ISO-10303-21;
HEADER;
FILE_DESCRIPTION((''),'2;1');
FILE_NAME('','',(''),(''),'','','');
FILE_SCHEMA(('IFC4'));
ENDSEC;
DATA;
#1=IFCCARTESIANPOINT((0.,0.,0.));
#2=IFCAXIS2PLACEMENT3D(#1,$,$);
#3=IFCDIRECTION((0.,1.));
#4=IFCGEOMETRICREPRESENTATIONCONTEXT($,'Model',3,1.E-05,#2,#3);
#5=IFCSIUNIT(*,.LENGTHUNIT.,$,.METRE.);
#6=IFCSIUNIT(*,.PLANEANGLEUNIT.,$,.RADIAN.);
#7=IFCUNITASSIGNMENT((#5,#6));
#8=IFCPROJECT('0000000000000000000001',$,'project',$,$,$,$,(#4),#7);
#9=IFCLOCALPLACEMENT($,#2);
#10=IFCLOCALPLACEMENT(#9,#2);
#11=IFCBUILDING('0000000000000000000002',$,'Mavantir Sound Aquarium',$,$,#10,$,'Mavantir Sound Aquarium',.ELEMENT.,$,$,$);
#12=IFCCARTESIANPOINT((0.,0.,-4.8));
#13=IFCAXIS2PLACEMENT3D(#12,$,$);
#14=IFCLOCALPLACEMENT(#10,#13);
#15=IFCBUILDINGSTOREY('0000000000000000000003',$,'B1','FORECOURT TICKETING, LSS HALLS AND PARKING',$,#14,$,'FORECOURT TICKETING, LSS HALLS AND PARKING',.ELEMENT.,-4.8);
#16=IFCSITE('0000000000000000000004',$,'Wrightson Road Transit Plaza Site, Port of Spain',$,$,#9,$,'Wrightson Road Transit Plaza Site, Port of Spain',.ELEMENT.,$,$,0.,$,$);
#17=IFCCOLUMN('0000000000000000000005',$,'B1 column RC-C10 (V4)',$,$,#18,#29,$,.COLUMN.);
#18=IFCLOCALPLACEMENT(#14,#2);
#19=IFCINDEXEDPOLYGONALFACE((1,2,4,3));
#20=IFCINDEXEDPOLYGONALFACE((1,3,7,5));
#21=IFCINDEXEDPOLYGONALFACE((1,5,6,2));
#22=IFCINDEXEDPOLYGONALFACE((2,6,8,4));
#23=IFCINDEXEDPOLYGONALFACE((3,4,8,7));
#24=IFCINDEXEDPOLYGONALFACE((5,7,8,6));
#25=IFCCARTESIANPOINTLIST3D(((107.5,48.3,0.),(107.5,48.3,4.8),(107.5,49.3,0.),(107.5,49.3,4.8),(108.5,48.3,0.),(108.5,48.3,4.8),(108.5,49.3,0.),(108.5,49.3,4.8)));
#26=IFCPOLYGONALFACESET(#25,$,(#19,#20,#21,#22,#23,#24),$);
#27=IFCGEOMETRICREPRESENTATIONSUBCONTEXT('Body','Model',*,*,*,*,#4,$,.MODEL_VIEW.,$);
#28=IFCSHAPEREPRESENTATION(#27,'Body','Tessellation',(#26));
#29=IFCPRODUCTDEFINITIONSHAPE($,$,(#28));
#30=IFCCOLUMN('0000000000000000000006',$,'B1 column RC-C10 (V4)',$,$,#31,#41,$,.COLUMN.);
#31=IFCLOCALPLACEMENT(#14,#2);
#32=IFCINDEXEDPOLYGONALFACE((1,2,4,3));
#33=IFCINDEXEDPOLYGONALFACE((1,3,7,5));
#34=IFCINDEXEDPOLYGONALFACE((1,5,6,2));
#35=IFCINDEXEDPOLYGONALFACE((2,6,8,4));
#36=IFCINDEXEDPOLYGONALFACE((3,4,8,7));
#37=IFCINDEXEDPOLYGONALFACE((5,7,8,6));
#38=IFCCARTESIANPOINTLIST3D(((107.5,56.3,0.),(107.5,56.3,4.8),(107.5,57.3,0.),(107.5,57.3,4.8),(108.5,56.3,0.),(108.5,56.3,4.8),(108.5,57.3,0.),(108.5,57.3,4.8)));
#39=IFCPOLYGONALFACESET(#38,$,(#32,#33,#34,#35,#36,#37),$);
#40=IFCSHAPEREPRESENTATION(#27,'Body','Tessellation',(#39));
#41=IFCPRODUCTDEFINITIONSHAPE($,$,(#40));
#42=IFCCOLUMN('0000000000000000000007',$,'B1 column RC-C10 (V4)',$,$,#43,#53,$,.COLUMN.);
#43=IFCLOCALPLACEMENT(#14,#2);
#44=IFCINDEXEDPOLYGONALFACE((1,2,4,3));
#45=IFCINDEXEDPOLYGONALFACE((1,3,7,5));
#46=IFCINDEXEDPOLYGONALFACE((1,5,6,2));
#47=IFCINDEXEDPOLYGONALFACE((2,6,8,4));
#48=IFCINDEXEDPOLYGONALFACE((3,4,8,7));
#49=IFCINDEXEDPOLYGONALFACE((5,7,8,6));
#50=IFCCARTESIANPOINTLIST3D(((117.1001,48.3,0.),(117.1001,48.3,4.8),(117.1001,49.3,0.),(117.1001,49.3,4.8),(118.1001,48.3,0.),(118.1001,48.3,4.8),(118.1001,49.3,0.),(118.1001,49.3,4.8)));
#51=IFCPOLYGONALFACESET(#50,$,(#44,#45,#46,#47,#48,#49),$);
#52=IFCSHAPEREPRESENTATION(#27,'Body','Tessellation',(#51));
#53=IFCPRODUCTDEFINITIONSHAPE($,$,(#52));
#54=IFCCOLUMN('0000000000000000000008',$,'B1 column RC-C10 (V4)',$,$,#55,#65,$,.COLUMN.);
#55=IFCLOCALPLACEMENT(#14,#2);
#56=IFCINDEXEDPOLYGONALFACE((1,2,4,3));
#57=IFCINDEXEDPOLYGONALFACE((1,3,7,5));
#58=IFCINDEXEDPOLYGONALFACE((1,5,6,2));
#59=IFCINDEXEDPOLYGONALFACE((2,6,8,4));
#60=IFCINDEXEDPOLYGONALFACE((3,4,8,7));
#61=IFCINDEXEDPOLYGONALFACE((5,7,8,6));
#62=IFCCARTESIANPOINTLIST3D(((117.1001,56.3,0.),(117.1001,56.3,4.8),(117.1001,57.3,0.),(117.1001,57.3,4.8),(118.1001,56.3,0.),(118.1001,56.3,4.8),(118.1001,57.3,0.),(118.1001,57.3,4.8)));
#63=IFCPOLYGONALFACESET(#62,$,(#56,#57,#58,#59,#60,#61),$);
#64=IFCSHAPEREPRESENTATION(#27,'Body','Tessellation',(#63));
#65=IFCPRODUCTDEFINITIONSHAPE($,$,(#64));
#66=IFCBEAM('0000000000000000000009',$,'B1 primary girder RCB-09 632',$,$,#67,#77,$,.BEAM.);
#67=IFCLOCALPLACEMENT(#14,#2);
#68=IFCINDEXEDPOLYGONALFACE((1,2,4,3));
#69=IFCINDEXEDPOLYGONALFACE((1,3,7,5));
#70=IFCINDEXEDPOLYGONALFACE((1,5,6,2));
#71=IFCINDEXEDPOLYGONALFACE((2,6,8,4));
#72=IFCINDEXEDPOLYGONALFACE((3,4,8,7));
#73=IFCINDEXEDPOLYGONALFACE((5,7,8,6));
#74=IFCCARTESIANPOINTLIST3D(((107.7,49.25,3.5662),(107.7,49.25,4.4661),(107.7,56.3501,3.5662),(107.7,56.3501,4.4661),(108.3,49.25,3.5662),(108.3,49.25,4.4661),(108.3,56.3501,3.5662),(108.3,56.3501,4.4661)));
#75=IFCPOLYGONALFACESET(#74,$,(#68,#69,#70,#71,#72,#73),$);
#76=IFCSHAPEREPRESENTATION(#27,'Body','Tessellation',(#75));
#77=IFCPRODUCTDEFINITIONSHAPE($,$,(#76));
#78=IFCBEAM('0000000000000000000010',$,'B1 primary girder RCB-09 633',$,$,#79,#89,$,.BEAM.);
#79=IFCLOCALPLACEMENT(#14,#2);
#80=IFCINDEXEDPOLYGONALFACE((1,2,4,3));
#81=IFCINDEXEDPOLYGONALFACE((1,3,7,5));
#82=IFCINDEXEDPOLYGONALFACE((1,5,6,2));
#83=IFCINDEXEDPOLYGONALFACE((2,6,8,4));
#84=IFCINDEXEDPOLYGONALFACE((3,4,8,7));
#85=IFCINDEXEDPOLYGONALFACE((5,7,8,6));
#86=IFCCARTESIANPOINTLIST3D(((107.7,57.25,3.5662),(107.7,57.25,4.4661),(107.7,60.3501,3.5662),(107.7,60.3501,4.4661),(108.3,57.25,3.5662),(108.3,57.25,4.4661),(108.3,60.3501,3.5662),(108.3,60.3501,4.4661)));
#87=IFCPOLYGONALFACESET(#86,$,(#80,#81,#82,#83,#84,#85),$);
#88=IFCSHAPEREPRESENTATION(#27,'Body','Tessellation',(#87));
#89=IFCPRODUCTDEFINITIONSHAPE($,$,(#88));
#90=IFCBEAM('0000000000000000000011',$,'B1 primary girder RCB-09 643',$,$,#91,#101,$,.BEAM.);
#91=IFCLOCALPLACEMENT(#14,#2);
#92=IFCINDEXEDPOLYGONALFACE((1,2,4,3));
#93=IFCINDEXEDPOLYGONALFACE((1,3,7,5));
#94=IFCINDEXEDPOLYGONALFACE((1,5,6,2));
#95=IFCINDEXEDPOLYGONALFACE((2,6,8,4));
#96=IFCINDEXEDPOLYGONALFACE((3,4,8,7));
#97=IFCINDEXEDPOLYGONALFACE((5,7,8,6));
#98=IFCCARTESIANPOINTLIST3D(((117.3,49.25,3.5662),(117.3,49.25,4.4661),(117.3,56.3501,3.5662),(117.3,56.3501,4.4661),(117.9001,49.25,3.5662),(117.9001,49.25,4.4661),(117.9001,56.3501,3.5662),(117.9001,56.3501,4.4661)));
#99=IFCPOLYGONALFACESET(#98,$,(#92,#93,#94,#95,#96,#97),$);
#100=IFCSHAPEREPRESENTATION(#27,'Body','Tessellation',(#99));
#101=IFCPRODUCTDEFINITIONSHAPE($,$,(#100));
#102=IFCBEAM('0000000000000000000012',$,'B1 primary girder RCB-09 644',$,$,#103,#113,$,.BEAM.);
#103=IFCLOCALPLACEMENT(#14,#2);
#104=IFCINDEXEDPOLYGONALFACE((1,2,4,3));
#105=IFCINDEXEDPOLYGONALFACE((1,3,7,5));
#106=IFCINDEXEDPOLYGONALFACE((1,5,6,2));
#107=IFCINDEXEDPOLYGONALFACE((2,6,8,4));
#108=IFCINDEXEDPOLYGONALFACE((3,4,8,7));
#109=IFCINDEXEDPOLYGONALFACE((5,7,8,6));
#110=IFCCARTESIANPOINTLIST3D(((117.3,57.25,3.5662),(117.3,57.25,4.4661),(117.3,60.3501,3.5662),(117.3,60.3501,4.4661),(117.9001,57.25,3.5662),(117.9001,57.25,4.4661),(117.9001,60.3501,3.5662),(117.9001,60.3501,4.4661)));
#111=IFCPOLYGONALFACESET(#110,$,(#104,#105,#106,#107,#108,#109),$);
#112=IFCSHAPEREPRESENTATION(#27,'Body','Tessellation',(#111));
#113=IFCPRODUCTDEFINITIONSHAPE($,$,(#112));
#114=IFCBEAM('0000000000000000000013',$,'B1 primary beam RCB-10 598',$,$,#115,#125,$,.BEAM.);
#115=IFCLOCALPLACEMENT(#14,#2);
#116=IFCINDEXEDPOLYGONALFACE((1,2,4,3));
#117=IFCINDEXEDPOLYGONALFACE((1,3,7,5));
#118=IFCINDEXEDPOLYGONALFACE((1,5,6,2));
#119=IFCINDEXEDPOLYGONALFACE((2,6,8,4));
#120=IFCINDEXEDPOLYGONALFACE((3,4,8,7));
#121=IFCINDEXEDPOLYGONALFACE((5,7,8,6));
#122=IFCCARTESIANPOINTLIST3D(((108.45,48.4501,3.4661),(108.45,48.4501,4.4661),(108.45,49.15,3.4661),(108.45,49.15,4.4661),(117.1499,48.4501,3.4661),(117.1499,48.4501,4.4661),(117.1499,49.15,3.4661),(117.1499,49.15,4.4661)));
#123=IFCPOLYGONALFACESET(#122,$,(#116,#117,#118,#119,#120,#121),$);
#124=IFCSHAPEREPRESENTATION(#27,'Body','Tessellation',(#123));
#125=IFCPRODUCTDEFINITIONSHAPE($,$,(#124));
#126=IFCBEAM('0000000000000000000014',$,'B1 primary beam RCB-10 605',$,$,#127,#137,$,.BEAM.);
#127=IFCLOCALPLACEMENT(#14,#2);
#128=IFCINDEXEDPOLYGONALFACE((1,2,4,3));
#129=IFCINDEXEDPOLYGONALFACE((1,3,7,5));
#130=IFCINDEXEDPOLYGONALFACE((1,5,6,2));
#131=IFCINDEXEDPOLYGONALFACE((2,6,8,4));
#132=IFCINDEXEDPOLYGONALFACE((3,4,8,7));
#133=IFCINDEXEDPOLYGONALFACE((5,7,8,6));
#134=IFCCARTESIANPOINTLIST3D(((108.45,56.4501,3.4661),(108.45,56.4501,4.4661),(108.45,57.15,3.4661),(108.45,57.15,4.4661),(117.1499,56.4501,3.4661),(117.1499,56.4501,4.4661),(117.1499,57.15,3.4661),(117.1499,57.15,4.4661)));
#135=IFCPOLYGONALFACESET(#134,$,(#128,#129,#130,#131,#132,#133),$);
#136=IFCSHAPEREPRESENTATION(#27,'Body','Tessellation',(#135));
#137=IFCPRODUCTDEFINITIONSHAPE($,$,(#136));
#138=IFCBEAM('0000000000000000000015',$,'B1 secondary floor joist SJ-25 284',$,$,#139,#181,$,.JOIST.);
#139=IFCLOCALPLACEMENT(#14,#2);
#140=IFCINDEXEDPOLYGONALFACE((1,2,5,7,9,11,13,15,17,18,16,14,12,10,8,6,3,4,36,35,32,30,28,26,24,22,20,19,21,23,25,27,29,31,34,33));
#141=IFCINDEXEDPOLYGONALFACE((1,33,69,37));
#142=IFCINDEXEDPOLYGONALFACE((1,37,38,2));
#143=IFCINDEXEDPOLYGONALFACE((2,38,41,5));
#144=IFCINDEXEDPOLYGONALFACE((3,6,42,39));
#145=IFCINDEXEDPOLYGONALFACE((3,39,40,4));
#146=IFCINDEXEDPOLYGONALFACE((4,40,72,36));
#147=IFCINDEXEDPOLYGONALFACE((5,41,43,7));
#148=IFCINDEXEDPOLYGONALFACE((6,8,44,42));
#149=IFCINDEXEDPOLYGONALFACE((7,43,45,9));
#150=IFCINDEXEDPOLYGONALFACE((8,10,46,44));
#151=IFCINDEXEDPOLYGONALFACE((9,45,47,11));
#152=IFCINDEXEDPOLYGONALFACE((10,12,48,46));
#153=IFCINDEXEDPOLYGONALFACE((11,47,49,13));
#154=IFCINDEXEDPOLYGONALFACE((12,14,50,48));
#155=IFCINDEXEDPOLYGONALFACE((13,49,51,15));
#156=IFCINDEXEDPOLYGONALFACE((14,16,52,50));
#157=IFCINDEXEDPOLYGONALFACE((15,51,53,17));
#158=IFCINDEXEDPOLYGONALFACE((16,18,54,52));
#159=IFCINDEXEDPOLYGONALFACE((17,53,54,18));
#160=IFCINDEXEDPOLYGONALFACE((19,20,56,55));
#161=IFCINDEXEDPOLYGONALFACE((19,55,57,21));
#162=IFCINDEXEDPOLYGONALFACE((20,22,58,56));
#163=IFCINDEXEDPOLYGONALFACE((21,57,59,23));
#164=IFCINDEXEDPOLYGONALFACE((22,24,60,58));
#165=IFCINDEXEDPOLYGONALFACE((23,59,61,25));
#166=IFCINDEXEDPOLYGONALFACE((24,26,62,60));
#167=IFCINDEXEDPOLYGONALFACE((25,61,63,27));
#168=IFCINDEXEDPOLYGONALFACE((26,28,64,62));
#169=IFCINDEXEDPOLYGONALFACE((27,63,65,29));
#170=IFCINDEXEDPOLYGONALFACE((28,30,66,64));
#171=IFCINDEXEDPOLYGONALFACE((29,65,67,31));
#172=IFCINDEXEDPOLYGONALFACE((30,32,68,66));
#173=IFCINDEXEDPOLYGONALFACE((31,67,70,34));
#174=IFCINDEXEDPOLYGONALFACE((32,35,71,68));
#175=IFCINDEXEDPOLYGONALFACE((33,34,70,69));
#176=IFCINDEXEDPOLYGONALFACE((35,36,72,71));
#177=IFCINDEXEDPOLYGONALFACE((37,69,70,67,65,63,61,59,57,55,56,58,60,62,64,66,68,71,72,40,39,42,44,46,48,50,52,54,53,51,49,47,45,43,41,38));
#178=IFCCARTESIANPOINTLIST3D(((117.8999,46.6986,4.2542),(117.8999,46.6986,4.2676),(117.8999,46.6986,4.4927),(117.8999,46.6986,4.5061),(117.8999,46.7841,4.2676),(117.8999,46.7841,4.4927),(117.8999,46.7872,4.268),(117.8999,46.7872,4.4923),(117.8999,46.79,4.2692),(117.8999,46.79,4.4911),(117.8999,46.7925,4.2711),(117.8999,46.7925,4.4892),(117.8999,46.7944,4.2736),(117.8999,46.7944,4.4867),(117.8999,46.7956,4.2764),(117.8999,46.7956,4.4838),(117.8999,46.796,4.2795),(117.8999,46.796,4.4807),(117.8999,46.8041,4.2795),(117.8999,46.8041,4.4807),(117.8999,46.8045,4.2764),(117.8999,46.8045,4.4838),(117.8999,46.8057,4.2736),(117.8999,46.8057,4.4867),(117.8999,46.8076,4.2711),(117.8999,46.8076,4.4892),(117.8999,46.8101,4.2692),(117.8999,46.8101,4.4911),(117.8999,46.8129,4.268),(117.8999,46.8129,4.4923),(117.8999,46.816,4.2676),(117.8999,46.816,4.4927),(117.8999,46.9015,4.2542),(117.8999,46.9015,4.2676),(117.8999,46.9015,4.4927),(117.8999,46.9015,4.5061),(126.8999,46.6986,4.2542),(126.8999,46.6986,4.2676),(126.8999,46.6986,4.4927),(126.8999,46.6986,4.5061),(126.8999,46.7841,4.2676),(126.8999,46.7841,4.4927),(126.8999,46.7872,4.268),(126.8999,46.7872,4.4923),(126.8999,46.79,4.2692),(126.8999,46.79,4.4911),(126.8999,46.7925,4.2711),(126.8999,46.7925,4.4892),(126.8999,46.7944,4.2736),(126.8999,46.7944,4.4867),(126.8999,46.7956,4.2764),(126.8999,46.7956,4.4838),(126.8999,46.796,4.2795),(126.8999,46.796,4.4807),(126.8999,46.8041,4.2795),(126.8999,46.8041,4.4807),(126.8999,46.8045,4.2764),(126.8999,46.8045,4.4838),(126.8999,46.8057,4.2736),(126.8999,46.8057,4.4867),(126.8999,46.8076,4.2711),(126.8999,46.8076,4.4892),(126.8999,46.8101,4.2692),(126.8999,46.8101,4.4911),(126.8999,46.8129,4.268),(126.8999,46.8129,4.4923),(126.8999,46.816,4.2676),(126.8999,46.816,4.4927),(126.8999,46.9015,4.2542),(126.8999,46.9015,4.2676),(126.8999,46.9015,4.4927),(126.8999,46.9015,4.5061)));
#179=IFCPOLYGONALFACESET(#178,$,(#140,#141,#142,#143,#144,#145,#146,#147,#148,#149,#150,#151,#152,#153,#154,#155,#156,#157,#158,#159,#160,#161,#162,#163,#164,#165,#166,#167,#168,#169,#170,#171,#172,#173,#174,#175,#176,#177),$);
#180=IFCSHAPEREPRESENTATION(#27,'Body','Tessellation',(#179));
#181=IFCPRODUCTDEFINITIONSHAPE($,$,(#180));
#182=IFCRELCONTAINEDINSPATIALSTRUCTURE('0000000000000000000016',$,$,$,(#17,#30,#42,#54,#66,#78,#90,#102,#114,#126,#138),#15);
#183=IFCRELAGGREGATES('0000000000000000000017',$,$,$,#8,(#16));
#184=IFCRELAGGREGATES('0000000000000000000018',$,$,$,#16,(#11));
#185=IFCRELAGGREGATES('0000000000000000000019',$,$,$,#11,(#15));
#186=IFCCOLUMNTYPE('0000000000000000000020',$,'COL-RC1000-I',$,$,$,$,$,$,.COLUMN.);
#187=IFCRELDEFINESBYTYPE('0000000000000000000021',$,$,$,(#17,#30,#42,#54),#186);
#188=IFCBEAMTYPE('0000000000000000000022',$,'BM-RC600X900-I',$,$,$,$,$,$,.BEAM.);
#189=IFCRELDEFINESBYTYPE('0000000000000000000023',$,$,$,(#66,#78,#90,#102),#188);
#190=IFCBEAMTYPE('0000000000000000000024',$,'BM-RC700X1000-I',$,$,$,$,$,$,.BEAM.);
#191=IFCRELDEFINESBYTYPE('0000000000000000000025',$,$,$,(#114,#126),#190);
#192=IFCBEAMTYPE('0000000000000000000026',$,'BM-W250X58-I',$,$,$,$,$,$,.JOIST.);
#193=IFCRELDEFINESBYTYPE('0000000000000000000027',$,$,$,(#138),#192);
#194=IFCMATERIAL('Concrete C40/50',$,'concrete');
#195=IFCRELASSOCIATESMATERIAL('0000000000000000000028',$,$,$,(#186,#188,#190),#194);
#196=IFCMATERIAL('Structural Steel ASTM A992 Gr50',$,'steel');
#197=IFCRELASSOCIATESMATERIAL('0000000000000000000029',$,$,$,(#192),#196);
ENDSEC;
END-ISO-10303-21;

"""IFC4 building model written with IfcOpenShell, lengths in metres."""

from ifc_helpers import new_model, si_unit, direction, frame, origin, origin_2d, place, context, subcontext, project, spatial, rectangle, i_section, extrude, material, material_profile, profile_set, type_object, element, save


model = new_model("IFC4")

# Units and contexts
model_context = context("Model", 3, precision=1e-05, world=origin(), true_north=direction((0.0, 1.0)))
body_context = subcontext(model_context, "Body", "Model", "MODEL_VIEW")
ifc_project = project(units=[si_unit("LENGTHUNIT", "METRE"), si_unit("PLANEANGLEUNIT", "RADIAN")], contexts=[model_context])

# Site, building, storey
site_placement = place(None, origin())
site = spatial("IfcSite", under=ifc_project, at=site_placement, Name="Wrightson Road Transit Plaza Site, Port of Spain", LongName="Wrightson Road Transit Plaza Site, Port of Spain", CompositionType="ELEMENT", RefElevation=0.0)
building_placement = place(site_placement, origin())
building = spatial("IfcBuilding", under=site, at=building_placement, Name="Mavantir Sound Aquarium", LongName="Mavantir Sound Aquarium", CompositionType="ELEMENT")
storey_placement = place(building_placement, frame((0.0, 0.0, -4.8)))
storey = spatial("IfcBuildingStorey", under=building, at=storey_placement, Name="B1", Description="FORECOURT TICKETING, LSS HALLS AND PARKING", LongName="FORECOURT TICKETING, LSS HALLS AND PARKING", CompositionType="ELEMENT", Elevation=-4.8)

# Columns
ifc_material_1 = material(Name="Concrete C40/50", Category="concrete")
ifc_material_profile_1 = material_profile(ifc_material_1, rectangle(XDim=1.0, YDim=1.0, at=origin_2d()), Name="RC 1000X1000")
ifc_profile_set_1 = profile_set([ifc_material_profile_1], Name="Concrete C40/50")
column_type = type_object("IfcColumnType", Name="COL-RC1000-I", PredefinedType="COLUMN", material=ifc_profile_set_1)
for number, where, z_axis, x_axis, name in (
    (1, (108.0, 48.8, 0.0), (0.0, 0.0, 1.0), (1.0, 0.0, 0.0), "B1 column RC-C10 (V4)"),
    (2, (108.0, 56.8, 0.0), (0.0, 0.0, 1.0), (1.0, 0.0, 0.0), "B1 column RC-C10 (V4)"),
    (3, (117.6001, 48.8, 0.0), (0.0, 0.0, 1.0), (1.0, 0.0, 0.0), "B1 column RC-C10 (V4)"),
    (4, (117.6001, 56.8, 0.0), (0.0, 0.0, 1.0), (1.0, 0.0, 0.0), "B1 column RC-C10 (V4)"),
):
    element("IfcColumn", number, at=place(storey_placement, frame(where, z_axis=z_axis, x_axis=x_axis)), inside=storey, type_object=column_type, Name=name, PredefinedType="COLUMN", context=body_context, shape_type="SweptSolid", body=[
        extrude(rectangle(XDim=1.0, YDim=1.0, at=origin_2d()), origin(), (0.0, 0.0, 1.0), 4.8),
    ])

# Beams
ifc_material_profile_2 = material_profile(ifc_material_1, rectangle(XDim=0.6001, YDim=0.8999, at=origin_2d()), Name="RC 600X900")
ifc_profile_set_2 = profile_set([ifc_material_profile_2], Name="Concrete C40/50")
beam_type_1 = type_object("IfcBeamType", Name="BM-RC600X900-I", PredefinedType="BEAM", material=ifc_profile_set_2)
beam_1_placement = place(storey_placement, frame((108.0, 49.25, 4.0161), z_axis=(0.0, 1.0, 0.0), x_axis=(-1.0, 0.0, 0.0)))
element("IfcBeam", 5, at=beam_1_placement, inside=storey, type_object=beam_type_1, Name="B1 primary girder RCB-09 632", PredefinedType="BEAM", context=body_context, shape_type="SweptSolid", body=[
    extrude(rectangle(XDim=0.6001, YDim=0.8999, at=origin_2d()), origin(), (0.0, 0.0, 1.0), 7.1001),
])
beam_2_placement = place(storey_placement, frame((108.0, 57.25, 4.0161), z_axis=(0.0, 1.0, 0.0), x_axis=(-1.0, 0.0, 0.0)))
element("IfcBeam", 6, at=beam_2_placement, inside=storey, type_object=beam_type_1, Name="B1 primary girder RCB-09 633", PredefinedType="BEAM", context=body_context, shape_type="SweptSolid", body=[
    extrude(rectangle(XDim=0.6001, YDim=0.8999, at=origin_2d()), origin(), (0.0, 0.0, 1.0), 3.1001),
])
beam_3_placement = place(storey_placement, frame((117.6001, 49.25, 4.0161), z_axis=(0.0, 1.0, 0.0), x_axis=(-1.0, 0.0, 0.0)))
element("IfcBeam", 7, at=beam_3_placement, inside=storey, type_object=beam_type_1, Name="B1 primary girder RCB-09 643", PredefinedType="BEAM", context=body_context, shape_type="SweptSolid", body=[
    extrude(rectangle(XDim=0.6001, YDim=0.8999, at=origin_2d()), origin(), (0.0, 0.0, 1.0), 7.1001),
])
beam_4_placement = place(storey_placement, frame((117.6001, 57.25, 4.0161), z_axis=(0.0, 1.0, 0.0), x_axis=(-1.0, 0.0, 0.0)))
element("IfcBeam", 8, at=beam_4_placement, inside=storey, type_object=beam_type_1, Name="B1 primary girder RCB-09 644", PredefinedType="BEAM", context=body_context, shape_type="SweptSolid", body=[
    extrude(rectangle(XDim=0.6001, YDim=0.8999, at=origin_2d()), origin(), (0.0, 0.0, 1.0), 3.1001),
])
ifc_material_profile_3 = material_profile(ifc_material_1, rectangle(XDim=0.7, YDim=1.0, at=origin_2d()), Name="RC 700X1000")
ifc_profile_set_3 = profile_set([ifc_material_profile_3], Name="Concrete C40/50")
beam_type_2 = type_object("IfcBeamType", Name="BM-RC700X1000-I", PredefinedType="BEAM", material=ifc_profile_set_3)
for number, where, z_axis, x_axis, name in (
    (9, (108.45, 48.8, 3.9661), (1.0, 0.0, 0.0), (0.0, 1.0, 0.0), "B1 primary beam RCB-10 598"),
    (10, (108.45, 56.8, 3.9661), (1.0, 0.0, 0.0), (0.0, 1.0, 0.0), "B1 primary beam RCB-10 605"),
):
    element("IfcBeam", number, at=place(storey_placement, frame(where, z_axis=z_axis, x_axis=x_axis)), inside=storey, type_object=beam_type_2, Name=name, PredefinedType="BEAM", context=body_context, shape_type="SweptSolid", body=[
        extrude(rectangle(XDim=0.7, YDim=1.0, at=origin_2d()), origin(), (0.0, 0.0, 1.0), 8.7),
    ])
ifc_material_2 = material(Name="Structural Steel ASTM A992 Gr50", Category="steel")
ifc_material_profile_4 = material_profile(ifc_material_2, i_section(OverallWidth=0.2029, OverallDepth=0.252, WebThickness=0.0081, FlangeThickness=0.0134, FilletRadius=0.012, at=origin_2d()), Name="W250X58")
ifc_profile_set_4 = profile_set([ifc_material_profile_4], Name="Structural Steel ASTM A992 Gr50")
beam_type_3 = type_object("IfcBeamType", Name="BM-W250X58-I", PredefinedType="JOIST", material=ifc_profile_set_4)
for number, where, z_axis, x_axis, name in (
    (11, (117.8999, 46.8, 4.3801), (1.0, 0.0, 0.0), (0.0, 1.0, 0.0), "B1 secondary floor joist SJ-25 284"),
):
    element("IfcBeam", number, at=place(storey_placement, frame(where, z_axis=z_axis, x_axis=x_axis)), inside=storey, type_object=beam_type_3, Name=name, PredefinedType="JOIST", context=body_context, shape_type="SweptSolid", body=[
        extrude(i_section(OverallWidth=0.2029, OverallDepth=0.252, WebThickness=0.0081, FlangeThickness=0.0134, FilletRadius=0.012, at=origin_2d()), origin(), (0.0, 0.0, 1.0), 9.0),
    ])

save(model, "model.ifc")
